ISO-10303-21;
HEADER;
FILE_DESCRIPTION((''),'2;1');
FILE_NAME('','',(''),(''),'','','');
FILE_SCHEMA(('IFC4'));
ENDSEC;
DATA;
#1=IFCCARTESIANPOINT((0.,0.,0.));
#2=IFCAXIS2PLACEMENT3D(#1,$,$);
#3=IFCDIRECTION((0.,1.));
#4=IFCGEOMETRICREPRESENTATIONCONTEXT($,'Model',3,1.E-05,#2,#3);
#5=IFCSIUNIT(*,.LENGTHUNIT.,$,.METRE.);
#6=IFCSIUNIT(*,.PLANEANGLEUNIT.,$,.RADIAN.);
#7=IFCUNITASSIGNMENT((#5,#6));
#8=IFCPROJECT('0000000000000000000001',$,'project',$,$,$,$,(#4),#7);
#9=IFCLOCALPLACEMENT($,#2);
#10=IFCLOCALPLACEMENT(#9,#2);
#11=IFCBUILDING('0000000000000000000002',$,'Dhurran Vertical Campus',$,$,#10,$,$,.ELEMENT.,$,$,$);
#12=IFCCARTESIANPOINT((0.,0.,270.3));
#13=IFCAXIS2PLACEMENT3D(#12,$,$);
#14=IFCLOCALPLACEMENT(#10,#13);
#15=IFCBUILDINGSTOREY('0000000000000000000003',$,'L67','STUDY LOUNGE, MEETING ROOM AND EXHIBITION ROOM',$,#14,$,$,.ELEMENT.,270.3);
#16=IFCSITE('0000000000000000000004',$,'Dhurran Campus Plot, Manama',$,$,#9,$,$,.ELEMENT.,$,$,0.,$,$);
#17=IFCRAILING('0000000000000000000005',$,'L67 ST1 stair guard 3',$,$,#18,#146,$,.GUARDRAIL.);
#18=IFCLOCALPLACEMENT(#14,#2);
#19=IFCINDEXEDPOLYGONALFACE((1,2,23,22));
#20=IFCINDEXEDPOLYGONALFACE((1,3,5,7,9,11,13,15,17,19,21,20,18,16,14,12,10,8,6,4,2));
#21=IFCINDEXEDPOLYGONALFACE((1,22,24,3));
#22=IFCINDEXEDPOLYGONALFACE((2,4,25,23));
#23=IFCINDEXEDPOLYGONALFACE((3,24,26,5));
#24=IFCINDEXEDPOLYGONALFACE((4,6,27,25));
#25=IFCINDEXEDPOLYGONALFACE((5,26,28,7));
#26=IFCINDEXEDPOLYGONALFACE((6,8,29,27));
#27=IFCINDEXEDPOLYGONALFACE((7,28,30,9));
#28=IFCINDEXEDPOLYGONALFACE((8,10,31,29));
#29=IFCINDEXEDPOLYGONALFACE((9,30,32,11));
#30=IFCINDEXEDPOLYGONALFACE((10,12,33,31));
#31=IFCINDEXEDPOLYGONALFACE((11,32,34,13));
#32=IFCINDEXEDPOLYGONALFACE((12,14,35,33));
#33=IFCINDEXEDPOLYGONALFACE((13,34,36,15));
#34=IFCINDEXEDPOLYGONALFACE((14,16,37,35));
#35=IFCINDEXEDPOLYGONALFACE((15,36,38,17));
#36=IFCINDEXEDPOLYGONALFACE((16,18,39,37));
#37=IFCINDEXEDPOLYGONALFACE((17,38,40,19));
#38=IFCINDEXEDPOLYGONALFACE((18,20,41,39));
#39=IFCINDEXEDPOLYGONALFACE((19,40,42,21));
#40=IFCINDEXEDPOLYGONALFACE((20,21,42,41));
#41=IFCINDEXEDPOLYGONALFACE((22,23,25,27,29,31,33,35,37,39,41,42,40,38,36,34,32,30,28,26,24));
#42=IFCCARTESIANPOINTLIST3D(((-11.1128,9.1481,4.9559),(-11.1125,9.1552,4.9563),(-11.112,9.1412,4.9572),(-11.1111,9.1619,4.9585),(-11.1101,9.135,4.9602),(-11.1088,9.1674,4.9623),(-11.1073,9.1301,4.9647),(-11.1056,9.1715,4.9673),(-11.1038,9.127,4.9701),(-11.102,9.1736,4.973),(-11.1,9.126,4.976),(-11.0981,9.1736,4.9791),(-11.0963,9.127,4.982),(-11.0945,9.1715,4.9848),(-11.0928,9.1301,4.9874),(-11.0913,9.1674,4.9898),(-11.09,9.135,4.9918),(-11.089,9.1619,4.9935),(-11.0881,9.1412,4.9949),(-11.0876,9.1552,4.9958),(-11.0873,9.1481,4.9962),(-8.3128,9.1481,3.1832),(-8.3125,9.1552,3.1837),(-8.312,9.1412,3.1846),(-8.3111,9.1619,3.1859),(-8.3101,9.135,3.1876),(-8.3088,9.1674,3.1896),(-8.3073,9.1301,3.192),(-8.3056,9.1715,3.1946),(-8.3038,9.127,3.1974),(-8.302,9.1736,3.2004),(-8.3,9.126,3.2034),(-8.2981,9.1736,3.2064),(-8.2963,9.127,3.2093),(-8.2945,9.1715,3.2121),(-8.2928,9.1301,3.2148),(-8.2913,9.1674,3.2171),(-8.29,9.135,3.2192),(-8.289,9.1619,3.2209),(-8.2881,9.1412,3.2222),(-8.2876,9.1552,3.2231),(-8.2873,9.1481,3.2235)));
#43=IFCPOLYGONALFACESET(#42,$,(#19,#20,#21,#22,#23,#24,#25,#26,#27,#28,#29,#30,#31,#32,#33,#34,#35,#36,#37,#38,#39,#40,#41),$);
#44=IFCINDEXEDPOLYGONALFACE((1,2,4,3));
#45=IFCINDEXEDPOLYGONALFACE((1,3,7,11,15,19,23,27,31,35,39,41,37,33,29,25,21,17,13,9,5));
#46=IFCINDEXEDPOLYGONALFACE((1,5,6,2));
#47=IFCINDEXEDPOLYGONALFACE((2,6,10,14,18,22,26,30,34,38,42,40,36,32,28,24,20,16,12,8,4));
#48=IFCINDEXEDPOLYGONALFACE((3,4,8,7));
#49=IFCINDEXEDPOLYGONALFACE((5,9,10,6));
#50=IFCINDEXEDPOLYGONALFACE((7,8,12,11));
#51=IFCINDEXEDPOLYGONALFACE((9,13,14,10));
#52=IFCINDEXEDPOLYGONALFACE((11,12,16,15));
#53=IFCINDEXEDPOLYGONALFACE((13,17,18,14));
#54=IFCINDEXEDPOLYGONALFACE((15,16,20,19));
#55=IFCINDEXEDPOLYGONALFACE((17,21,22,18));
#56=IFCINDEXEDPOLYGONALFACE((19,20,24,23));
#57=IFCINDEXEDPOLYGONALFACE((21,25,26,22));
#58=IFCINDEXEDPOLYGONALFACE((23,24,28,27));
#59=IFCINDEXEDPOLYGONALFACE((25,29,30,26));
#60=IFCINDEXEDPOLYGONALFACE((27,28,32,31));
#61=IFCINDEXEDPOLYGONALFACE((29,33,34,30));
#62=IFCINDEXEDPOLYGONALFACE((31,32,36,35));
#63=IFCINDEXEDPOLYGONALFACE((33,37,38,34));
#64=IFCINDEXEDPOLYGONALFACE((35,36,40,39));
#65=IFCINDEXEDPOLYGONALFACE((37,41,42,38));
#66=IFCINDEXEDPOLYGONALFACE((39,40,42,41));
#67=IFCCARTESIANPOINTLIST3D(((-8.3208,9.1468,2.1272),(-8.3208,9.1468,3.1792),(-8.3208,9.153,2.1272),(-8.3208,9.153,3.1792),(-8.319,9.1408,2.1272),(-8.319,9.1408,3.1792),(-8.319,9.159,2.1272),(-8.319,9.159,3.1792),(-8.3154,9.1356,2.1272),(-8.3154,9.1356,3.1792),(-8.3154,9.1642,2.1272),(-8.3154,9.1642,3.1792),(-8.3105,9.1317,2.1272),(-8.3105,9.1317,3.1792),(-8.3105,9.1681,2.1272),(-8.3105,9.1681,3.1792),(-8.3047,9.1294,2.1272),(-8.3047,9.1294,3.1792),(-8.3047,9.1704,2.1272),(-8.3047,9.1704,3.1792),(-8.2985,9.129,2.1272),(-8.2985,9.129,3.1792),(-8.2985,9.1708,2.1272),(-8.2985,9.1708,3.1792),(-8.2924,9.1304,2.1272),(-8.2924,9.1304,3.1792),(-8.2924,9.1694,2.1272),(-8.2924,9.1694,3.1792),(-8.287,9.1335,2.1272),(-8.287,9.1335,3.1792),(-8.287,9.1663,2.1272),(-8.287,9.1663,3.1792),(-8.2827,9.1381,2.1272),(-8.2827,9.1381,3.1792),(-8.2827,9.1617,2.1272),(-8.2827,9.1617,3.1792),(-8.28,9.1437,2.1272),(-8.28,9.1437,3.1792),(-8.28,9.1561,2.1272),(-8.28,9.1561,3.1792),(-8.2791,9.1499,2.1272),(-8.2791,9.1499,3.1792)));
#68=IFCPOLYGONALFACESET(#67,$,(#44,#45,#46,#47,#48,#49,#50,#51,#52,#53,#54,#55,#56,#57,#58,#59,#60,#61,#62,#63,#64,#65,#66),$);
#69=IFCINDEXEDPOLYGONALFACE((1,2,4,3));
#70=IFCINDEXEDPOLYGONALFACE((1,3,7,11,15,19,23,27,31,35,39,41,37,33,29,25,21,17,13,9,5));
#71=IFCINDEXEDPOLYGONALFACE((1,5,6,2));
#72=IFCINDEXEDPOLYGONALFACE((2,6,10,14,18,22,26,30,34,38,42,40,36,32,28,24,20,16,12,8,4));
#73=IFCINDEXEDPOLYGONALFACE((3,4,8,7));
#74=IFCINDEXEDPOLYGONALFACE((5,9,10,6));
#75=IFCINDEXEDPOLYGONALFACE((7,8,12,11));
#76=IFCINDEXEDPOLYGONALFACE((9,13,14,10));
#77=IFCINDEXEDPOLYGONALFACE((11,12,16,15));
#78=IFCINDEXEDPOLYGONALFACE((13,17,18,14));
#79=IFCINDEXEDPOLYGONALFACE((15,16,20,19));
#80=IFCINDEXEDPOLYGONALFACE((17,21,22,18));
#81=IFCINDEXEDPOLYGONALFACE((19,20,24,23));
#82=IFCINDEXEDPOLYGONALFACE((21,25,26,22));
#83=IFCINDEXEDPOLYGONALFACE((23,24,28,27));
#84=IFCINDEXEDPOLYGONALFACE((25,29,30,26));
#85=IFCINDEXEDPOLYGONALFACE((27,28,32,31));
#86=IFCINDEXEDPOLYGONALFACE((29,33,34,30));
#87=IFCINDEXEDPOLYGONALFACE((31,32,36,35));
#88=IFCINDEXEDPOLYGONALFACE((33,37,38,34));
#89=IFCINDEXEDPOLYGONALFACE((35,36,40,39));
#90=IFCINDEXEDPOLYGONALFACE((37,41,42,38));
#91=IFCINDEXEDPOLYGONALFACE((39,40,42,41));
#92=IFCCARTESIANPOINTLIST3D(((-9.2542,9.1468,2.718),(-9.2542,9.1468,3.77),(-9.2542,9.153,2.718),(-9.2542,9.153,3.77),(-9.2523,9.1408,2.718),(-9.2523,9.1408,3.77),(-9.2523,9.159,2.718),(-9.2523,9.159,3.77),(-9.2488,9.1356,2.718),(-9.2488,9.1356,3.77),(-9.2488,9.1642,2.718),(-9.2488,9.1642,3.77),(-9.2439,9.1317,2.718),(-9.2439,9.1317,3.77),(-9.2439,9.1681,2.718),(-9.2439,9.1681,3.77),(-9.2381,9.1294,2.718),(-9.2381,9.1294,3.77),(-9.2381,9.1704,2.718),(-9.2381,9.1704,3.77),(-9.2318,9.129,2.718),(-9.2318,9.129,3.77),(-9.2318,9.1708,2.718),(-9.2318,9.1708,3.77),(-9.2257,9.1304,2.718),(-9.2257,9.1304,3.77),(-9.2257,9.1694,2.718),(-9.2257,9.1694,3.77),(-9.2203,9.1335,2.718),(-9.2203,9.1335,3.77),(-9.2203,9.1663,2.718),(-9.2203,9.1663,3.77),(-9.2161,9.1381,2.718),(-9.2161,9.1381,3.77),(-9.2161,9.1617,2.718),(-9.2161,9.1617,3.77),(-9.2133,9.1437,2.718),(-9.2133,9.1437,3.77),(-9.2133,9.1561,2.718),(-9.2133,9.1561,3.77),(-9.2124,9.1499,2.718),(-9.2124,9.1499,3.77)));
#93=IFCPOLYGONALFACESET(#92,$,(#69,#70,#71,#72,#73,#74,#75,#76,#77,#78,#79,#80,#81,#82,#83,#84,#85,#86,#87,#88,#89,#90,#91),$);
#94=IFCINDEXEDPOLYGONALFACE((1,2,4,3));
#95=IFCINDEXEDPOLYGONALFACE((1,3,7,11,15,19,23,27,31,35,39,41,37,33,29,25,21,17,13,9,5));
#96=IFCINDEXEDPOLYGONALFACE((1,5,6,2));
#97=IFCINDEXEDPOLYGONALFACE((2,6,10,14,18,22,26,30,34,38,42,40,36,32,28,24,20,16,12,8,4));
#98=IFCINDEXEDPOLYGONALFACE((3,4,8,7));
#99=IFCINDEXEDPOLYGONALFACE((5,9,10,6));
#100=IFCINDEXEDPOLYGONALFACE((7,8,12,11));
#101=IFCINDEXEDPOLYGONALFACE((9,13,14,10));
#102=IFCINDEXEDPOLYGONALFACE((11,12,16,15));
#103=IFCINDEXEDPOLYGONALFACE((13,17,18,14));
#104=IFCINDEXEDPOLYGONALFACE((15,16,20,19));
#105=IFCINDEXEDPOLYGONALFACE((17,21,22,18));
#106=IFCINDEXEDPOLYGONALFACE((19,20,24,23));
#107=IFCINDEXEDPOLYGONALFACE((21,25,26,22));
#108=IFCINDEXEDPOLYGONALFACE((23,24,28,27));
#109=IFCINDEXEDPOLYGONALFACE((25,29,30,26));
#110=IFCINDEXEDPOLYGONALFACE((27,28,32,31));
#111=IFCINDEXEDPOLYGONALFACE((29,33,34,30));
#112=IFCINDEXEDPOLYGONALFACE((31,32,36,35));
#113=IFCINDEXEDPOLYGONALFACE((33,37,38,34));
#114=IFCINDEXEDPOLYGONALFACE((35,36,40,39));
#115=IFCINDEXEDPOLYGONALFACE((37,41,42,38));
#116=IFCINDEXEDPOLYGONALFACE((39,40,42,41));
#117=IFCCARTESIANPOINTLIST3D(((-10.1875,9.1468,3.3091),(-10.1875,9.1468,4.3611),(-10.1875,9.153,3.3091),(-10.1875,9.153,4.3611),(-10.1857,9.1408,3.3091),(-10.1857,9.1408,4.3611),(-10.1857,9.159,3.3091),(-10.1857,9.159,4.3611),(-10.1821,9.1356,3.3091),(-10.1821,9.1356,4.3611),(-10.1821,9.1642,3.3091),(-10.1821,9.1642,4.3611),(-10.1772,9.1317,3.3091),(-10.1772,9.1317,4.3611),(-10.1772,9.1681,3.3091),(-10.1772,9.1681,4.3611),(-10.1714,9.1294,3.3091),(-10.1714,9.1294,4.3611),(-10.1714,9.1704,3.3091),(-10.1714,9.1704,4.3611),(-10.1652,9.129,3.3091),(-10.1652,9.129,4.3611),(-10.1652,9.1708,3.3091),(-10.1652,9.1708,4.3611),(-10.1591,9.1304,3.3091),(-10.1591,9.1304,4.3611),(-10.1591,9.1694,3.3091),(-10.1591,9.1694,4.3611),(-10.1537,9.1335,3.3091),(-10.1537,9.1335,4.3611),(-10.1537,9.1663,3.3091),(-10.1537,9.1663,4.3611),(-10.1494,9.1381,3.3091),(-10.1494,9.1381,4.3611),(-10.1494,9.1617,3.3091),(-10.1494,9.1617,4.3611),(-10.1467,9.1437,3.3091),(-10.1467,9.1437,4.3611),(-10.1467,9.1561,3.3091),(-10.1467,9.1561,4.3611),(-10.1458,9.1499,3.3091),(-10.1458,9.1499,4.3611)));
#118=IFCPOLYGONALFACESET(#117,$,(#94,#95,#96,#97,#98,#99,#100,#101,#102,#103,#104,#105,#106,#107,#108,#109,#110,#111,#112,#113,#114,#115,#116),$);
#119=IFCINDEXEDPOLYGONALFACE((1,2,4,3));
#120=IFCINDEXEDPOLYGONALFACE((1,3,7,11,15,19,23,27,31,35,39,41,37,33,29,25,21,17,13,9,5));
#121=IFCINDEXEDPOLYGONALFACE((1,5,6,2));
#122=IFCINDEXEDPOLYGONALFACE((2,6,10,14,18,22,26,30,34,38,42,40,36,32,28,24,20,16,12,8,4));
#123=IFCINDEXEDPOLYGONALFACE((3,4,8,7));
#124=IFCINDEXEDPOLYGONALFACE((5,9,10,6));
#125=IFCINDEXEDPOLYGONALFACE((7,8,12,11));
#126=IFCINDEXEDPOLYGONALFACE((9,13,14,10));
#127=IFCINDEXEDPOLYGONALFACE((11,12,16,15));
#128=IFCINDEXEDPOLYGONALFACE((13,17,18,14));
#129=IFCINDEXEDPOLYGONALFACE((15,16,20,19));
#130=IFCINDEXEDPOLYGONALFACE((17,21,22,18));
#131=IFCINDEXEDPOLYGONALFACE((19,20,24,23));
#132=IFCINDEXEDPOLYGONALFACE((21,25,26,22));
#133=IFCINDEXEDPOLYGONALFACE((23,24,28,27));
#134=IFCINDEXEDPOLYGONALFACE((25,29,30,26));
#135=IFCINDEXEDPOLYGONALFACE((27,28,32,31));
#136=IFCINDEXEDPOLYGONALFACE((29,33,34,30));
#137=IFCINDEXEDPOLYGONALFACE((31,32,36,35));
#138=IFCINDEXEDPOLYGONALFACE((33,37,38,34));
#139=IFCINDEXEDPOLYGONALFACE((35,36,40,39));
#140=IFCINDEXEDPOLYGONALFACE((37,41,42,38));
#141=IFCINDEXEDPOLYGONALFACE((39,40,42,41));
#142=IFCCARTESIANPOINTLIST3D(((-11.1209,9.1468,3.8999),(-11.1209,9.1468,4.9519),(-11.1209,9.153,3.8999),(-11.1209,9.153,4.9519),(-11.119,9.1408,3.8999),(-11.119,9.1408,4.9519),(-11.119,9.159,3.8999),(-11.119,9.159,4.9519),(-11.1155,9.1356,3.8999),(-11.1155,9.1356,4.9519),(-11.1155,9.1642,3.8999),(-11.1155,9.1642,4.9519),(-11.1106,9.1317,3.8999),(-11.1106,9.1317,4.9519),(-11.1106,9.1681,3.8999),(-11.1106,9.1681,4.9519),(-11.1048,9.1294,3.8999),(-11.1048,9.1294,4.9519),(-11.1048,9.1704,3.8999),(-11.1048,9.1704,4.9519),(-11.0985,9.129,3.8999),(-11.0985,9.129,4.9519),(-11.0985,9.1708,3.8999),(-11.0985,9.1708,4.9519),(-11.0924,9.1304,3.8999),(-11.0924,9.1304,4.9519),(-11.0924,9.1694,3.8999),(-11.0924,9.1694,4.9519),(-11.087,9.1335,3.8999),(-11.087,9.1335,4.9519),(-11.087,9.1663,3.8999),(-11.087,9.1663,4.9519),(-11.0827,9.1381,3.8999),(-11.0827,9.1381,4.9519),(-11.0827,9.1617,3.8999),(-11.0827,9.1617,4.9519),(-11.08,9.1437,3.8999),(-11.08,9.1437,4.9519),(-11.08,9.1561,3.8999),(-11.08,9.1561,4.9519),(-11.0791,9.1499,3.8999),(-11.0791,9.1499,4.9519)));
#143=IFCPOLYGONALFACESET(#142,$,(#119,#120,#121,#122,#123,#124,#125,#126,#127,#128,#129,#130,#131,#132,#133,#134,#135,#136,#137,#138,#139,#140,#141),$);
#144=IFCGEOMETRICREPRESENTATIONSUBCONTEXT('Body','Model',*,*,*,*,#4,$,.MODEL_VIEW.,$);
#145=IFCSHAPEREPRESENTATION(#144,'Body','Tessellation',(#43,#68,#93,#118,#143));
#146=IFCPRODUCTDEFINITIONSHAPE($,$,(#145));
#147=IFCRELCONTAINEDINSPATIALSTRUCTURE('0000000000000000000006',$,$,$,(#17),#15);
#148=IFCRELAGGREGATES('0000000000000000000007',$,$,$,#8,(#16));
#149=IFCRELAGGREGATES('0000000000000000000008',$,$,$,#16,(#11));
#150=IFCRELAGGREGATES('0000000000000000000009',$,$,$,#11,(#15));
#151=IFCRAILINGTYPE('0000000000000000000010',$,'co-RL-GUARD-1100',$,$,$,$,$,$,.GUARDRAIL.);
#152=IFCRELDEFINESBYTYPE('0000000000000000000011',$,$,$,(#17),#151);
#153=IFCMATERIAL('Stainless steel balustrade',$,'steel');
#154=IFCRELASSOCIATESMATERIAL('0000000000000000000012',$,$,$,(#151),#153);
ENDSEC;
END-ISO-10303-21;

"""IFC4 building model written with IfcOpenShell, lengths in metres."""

from ifc_helpers import new_model, si_unit, direction, frame, origin, origin_2d, place, context, subcontext, project, spatial, circle, extrude, material, type_object, element, save


model = new_model("IFC4")

# Units and contexts
model_context = context("Model", 3, precision=1e-05, world=origin(), true_north=direction((0.0, 1.0)))
body_context = subcontext(model_context, "Body", "Model", "MODEL_VIEW")
ifc_project = project(units=[si_unit("LENGTHUNIT", "METRE"), si_unit("PLANEANGLEUNIT", "RADIAN")], contexts=[model_context])

# Site, building, storey
site_placement = place(None, origin())
site = spatial("IfcSite", under=ifc_project, at=site_placement, Name="Dhurran Campus Plot, Manama", CompositionType="ELEMENT", RefElevation=0.0)
building_placement = place(site_placement, origin())
building = spatial("IfcBuilding", under=site, at=building_placement, Name="Dhurran Vertical Campus", CompositionType="ELEMENT")
storey_placement = place(building_placement, frame((0.0, 0.0, 270.3)))
storey = spatial("IfcBuildingStorey", under=building, at=storey_placement, Name="L67", Description="STUDY LOUNGE, MEETING ROOM AND EXHIBITION ROOM", CompositionType="ELEMENT", Elevation=270.3)

# Railing
ifc_material_1 = material(Name="Stainless steel balustrade", Category="steel")
railing_type_1 = type_object("IfcRailingType", Name="co-RL-GUARD-1100", PredefinedType="GUARDRAIL", material=ifc_material_1)
railing_1_placement = place(storey_placement, frame((-8.3, 9.1499, 2.1272)))
element("IfcRailing", 1, at=railing_1_placement, inside=storey, type_object=railing_type_1, Name="L67 ST1 stair guard 3", PredefinedType="GUARDRAIL", context=body_context, shape_type="SweptSolid", body=[
    extrude(circle(Radius=0.0239, at=origin_2d()), frame((0.0, 0.0, 1.0762), z_axis=(-0.844909, 0.0, 0.53491), x_axis=(0.0, -1.0, 0.0)), (0.0, 0.0, 1.0), 3.314),
    extrude(circle(Radius=0.021, at=origin_2d()), origin(), (0.0, 0.0, 1.0), 1.052),
    extrude(circle(Radius=0.021, at=origin_2d()), frame((-0.9333, 0.0, 0.5908)), (0.0, 0.0, 1.0), 1.052),
    extrude(circle(Radius=0.021, at=origin_2d()), frame((-1.8667, 0.0, 1.1819)), (0.0, 0.0, 1.0), 1.052),
    extrude(circle(Radius=0.021, at=origin_2d()), frame((-2.8, 0.0, 1.7727)), (0.0, 0.0, 1.0), 1.052),
])

save(model, "model.ifc")
